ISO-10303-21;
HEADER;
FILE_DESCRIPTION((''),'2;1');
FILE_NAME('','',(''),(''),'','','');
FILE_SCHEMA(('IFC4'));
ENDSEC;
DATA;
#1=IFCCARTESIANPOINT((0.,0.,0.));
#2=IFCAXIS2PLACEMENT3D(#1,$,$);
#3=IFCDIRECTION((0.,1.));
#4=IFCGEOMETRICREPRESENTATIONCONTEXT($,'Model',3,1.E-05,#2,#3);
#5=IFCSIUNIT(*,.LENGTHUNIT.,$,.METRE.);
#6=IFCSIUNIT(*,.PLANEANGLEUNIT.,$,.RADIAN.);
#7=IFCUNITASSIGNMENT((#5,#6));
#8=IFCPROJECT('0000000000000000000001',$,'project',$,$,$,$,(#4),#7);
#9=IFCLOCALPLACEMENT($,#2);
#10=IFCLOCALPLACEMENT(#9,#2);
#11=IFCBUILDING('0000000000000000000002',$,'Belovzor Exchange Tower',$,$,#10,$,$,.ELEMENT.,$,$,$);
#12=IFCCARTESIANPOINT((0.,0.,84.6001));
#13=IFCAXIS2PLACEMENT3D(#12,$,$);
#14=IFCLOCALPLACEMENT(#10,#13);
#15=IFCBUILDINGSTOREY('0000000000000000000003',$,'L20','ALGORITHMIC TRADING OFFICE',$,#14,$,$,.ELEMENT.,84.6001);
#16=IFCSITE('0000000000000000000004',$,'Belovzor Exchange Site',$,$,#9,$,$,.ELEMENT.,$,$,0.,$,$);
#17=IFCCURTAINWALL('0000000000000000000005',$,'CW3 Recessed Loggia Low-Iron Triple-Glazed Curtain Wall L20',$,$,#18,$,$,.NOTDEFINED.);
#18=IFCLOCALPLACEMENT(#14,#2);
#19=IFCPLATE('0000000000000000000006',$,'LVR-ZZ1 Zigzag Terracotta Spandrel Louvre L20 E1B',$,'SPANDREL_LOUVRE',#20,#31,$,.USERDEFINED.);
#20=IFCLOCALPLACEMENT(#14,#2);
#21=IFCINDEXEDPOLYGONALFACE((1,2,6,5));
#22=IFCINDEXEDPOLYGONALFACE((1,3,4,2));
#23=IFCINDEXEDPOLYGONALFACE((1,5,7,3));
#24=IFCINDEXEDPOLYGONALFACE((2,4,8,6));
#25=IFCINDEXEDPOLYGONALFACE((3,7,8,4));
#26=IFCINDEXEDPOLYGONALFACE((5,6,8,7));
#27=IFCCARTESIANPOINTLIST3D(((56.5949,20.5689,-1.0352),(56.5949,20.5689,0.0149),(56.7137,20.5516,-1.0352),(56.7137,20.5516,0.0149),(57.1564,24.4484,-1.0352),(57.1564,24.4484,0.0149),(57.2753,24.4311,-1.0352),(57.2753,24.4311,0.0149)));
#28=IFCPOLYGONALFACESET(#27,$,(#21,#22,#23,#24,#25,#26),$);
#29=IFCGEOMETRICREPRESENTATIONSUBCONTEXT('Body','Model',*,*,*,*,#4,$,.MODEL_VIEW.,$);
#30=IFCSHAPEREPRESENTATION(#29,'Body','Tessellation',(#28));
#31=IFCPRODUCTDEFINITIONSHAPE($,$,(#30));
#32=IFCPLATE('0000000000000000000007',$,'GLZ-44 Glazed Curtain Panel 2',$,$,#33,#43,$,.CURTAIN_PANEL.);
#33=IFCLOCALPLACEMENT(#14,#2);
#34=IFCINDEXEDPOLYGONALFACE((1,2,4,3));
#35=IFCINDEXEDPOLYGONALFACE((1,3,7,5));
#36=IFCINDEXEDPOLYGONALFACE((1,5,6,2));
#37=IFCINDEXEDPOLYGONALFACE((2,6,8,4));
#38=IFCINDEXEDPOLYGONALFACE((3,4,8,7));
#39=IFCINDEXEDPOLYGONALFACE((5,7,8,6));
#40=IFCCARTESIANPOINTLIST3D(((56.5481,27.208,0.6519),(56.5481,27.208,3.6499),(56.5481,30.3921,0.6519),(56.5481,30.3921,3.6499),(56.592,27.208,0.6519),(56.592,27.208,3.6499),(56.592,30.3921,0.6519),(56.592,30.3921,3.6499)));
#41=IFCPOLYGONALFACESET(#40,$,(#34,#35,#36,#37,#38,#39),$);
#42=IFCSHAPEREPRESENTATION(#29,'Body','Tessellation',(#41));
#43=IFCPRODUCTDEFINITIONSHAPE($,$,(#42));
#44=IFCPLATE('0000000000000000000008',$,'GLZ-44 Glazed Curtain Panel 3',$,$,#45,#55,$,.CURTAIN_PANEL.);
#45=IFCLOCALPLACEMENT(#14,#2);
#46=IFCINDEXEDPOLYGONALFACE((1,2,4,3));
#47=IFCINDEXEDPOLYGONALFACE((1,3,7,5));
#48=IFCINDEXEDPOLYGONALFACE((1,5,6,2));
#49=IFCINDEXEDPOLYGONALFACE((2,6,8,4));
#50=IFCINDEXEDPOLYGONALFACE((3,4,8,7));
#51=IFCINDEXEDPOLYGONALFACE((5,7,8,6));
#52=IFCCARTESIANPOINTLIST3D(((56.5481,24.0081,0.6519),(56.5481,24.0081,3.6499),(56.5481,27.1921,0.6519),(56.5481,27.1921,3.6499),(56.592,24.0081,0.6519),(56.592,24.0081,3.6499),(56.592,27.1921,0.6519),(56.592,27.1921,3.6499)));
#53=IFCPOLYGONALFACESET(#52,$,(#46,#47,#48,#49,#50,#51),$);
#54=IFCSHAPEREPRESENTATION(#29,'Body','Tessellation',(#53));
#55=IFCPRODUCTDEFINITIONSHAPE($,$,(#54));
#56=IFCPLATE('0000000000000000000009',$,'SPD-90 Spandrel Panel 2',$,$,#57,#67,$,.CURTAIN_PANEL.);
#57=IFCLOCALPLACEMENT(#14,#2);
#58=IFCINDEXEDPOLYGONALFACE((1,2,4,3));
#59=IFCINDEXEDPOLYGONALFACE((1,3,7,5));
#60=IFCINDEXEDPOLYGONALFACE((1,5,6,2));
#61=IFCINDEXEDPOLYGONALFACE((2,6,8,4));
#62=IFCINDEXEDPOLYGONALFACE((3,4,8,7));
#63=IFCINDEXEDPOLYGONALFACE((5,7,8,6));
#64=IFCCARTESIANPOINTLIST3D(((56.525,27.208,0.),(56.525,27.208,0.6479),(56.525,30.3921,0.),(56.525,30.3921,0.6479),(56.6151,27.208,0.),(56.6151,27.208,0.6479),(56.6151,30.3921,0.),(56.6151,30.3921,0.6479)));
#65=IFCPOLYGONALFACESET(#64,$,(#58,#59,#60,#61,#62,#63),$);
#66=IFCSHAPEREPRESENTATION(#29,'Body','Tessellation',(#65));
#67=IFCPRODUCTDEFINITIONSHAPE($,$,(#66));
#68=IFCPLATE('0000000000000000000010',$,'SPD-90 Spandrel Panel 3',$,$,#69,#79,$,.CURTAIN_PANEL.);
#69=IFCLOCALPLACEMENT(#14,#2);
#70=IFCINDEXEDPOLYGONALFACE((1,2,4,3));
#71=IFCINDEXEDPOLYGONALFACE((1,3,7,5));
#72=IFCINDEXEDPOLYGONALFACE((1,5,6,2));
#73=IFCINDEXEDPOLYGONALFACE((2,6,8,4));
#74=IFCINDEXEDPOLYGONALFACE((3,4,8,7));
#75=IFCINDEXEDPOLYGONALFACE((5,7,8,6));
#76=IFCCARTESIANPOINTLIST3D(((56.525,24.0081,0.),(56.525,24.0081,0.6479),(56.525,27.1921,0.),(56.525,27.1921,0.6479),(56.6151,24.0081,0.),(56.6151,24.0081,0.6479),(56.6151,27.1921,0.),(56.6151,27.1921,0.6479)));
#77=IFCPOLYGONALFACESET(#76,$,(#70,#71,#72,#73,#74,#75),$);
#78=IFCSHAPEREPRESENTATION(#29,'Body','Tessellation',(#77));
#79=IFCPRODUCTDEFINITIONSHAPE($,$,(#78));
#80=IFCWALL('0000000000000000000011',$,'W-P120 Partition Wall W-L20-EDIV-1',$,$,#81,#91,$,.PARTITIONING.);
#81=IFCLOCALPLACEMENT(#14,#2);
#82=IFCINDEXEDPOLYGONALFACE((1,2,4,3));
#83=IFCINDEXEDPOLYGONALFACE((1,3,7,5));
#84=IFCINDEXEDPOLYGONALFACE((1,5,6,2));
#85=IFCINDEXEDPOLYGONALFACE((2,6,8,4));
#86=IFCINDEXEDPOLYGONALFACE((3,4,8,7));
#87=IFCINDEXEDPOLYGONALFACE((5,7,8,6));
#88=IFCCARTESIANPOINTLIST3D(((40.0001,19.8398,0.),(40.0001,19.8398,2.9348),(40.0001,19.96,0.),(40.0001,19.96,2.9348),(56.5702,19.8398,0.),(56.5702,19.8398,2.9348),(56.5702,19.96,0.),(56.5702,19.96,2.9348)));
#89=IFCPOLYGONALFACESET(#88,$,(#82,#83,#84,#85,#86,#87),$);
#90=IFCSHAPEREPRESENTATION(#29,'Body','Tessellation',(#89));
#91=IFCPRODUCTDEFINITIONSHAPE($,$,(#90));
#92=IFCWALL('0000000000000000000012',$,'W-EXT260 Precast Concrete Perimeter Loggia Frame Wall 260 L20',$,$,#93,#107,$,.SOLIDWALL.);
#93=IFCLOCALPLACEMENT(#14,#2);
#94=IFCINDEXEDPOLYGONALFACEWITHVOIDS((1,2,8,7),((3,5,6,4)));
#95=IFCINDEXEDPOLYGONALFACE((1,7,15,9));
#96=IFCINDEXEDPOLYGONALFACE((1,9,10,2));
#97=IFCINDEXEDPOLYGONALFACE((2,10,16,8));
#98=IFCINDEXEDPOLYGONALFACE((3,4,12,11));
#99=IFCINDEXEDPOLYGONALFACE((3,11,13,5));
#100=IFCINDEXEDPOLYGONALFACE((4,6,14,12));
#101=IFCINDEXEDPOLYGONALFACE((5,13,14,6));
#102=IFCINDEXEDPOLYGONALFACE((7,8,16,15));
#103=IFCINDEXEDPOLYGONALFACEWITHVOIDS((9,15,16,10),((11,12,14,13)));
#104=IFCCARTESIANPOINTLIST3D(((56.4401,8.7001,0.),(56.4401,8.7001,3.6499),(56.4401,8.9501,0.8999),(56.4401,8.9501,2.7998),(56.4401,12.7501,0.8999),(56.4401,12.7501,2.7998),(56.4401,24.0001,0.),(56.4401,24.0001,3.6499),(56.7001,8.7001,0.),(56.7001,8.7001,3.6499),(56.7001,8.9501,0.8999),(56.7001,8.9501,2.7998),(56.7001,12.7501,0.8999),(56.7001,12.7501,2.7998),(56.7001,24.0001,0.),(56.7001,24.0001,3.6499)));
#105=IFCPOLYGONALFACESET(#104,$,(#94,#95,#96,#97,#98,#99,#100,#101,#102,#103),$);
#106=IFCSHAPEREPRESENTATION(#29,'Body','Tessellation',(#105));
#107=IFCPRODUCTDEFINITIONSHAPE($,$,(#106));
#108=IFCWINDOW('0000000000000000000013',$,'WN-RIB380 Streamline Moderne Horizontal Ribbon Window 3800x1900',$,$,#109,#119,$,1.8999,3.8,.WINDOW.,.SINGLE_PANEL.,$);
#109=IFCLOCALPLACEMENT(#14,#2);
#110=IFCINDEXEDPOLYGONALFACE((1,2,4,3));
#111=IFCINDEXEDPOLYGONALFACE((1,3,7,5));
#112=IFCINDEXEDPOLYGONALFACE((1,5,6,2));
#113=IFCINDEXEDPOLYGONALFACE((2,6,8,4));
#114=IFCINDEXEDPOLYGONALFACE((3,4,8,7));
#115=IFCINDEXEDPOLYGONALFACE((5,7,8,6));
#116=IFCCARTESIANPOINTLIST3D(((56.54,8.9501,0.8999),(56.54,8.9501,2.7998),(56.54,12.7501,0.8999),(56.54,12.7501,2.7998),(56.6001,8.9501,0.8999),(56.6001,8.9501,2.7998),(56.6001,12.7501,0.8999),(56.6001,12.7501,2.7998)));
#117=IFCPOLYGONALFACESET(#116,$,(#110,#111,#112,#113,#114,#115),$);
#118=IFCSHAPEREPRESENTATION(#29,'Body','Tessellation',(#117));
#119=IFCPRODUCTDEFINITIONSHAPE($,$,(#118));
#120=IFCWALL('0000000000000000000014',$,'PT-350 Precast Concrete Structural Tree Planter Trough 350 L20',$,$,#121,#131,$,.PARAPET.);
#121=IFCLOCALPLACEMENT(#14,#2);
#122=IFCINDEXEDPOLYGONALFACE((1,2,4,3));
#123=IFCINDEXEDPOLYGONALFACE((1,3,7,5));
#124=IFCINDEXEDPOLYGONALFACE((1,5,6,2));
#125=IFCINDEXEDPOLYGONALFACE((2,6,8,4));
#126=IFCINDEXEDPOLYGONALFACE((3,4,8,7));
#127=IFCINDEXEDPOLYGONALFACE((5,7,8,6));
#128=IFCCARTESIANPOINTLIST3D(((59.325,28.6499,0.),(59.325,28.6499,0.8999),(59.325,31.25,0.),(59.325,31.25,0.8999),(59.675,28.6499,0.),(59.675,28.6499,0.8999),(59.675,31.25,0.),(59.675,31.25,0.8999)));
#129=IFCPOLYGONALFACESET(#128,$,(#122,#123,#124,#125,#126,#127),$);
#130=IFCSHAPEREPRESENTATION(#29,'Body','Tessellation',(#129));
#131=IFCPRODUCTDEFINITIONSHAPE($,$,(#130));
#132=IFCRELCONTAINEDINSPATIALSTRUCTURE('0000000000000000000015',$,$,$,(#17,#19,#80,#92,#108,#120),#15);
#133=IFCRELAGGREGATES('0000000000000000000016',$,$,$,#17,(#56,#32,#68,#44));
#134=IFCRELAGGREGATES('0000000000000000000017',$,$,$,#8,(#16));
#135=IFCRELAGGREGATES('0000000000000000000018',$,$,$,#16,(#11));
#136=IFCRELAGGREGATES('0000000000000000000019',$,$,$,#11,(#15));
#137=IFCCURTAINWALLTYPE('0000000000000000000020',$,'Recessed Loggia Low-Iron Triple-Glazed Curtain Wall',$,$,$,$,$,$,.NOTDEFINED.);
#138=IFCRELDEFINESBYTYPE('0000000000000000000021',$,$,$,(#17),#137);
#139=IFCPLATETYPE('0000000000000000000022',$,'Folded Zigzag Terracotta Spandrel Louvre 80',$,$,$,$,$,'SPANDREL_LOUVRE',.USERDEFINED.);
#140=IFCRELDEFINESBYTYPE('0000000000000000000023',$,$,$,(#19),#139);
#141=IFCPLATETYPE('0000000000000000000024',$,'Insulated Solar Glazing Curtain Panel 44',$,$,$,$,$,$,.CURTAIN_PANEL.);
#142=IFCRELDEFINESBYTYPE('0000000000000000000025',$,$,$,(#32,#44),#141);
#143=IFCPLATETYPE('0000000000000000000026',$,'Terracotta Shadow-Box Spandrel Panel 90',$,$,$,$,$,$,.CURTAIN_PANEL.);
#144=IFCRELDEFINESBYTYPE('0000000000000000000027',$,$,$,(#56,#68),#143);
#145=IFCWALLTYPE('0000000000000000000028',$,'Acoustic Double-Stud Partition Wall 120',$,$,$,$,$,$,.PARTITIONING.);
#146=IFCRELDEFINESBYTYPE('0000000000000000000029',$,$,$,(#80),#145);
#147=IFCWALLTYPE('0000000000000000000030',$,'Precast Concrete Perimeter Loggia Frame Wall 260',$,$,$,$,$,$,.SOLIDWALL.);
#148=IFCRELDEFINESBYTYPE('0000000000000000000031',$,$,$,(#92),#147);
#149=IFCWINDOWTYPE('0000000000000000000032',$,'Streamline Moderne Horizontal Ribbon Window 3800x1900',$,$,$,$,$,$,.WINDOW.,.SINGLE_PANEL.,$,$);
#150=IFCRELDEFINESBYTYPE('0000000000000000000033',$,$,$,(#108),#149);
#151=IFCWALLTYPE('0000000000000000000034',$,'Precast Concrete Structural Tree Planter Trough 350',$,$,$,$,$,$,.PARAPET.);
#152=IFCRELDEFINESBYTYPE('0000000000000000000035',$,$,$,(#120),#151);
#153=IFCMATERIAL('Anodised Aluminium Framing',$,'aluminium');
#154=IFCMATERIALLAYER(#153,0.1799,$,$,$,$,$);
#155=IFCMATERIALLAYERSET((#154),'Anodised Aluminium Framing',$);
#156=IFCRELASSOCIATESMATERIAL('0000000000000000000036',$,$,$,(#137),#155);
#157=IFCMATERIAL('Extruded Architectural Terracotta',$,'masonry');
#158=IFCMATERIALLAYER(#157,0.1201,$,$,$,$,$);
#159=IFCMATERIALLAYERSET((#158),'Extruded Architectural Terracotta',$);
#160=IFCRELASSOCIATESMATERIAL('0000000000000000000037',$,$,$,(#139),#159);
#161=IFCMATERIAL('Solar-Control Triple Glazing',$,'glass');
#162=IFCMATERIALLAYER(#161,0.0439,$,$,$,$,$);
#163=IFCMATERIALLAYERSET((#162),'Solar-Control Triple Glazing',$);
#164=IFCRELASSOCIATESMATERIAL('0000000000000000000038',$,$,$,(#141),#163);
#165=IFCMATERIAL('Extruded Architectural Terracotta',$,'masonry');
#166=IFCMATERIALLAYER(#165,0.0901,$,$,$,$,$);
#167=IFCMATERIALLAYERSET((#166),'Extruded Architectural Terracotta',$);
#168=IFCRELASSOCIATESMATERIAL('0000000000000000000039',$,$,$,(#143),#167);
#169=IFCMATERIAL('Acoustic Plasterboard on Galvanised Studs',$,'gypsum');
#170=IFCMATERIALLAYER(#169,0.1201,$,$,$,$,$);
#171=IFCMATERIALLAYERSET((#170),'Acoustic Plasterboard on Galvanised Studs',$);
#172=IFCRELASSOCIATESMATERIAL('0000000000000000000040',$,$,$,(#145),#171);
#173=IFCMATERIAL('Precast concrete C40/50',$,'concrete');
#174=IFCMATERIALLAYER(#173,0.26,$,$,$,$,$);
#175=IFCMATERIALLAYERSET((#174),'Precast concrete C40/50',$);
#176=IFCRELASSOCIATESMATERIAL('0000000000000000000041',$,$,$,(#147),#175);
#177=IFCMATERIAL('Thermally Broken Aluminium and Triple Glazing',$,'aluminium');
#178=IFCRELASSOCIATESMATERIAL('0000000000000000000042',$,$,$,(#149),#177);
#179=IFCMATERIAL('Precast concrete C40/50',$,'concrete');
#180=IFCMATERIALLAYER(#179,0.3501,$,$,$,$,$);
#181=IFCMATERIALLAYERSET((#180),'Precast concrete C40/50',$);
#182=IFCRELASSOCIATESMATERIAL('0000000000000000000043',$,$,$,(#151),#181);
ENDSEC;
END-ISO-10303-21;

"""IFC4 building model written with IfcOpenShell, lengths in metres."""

from ifc_helpers import new_model, si_unit, direction, frame, frame_2d, origin, origin_2d, place, context, subcontext, project, spatial, rectangle, extrude, material, layer, layer_set, type_object, element, fill, aggregate, save


model = new_model("IFC4")

# Units and contexts
model_context = context("Model", 3, precision=1e-05, world=origin(), true_north=direction((0.0, 1.0)))
body_context = subcontext(model_context, "Body", "Model", "MODEL_VIEW")
ifc_project = project(units=[si_unit("LENGTHUNIT", "METRE"), si_unit("PLANEANGLEUNIT", "RADIAN")], contexts=[model_context])

# Site, building, storey
site_placement = place(None, origin())
site = spatial("IfcSite", under=ifc_project, at=site_placement, Name="Belovzor Exchange Site", CompositionType="ELEMENT", RefElevation=0.0)
building_placement = place(site_placement, origin())
building = spatial("IfcBuilding", under=site, at=building_placement, Name="Belovzor Exchange Tower", CompositionType="ELEMENT")
storey_placement = place(building_placement, frame((0.0, 0.0, 84.6001)))
storey = spatial("IfcBuildingStorey", under=building, at=storey_placement, Name="L20", Description="ALGORITHMIC TRADING OFFICE", CompositionType="ELEMENT", Elevation=84.6001)

# Curtain wall
ifc_material_1 = material(Name="Anodised Aluminium Framing", Category="aluminium")
ifc_layer_1 = layer(ifc_material_1, 0.1799)
ifc_layer_set_1 = layer_set([ifc_layer_1], Name="Anodised Aluminium Framing")
curtain_wall_type = type_object("IfcCurtainWallType", Name="Recessed Loggia Low-Iron Triple-Glazed Curtain Wall", PredefinedType="NOTDEFINED", material=ifc_layer_set_1)
curtain_wall_placement = place(storey_placement, origin())
curtain_wall = element("IfcCurtainWall", 1, at=curtain_wall_placement, inside=storey, type_object=curtain_wall_type, Name="CW3 Recessed Loggia Low-Iron Triple-Glazed Curtain Wall L20", PredefinedType="NOTDEFINED")

# Plates
ifc_material_2 = material(Name="Extruded Architectural Terracotta", Category="masonry")
ifc_layer_2 = layer(ifc_material_2, 0.1201)
ifc_layer_set_2 = layer_set([ifc_layer_2], Name="Extruded Architectural Terracotta")
plate_type_1 = type_object("IfcPlateType", Name="Folded Zigzag Terracotta Spandrel Louvre 80", ElementType="SPANDREL_LOUVRE", PredefinedType="USERDEFINED", material=ifc_layer_set_2)
plate_1_placement = place(storey_placement, frame((56.9351, 22.5, -1.0352), z_axis=(0.0, 0.0, 1.0), x_axis=(0.143251, 0.989686, 0.0)))
element("IfcPlate", 2, at=plate_1_placement, inside=storey, type_object=plate_type_1, Name="LVR-ZZ1 Zigzag Terracotta Spandrel Louvre L20 E1B", ObjectType="SPANDREL_LOUVRE", PredefinedType="USERDEFINED", context=body_context, shape_type="SweptSolid", body=[
    extrude(rectangle(XDim=3.9199, YDim=0.1201, at=origin_2d()), origin(), (0.0, 0.0, 1.0), 1.05),
])
ifc_material_3 = material(Name="Solar-Control Triple Glazing", Category="glass")
ifc_layer_3 = layer(ifc_material_3, 0.0439)
ifc_layer_set_3 = layer_set([ifc_layer_3], Name="Solar-Control Triple Glazing")
plate_type_2 = type_object("IfcPlateType", Name="Insulated Solar Glazing Curtain Panel 44", PredefinedType="CURTAIN_PANEL", material=ifc_layer_set_3)
plate_2_placement = place(storey_placement, frame((56.5701, 28.8, 0.6519), z_axis=(0.0, 0.0, 1.0), x_axis=(0.0, -1.0, 0.0)))
plate_2 = element("IfcPlate", 3, at=plate_2_placement, type_object=plate_type_2, Name="GLZ-44 Glazed Curtain Panel 2", PredefinedType="CURTAIN_PANEL", context=body_context, shape_type="SweptSolid", body=[
    extrude(rectangle(XDim=3.1841, YDim=0.0439, at=origin_2d()), origin(), (0.0, 0.0, 1.0), 2.998),
])
plate_3_placement = place(storey_placement, frame((56.5701, 25.6001, 0.6519), z_axis=(0.0, 0.0, 1.0), x_axis=(0.0, -1.0, 0.0)))
plate_3 = element("IfcPlate", 4, at=plate_3_placement, type_object=plate_type_2, Name="GLZ-44 Glazed Curtain Panel 3", PredefinedType="CURTAIN_PANEL", context=body_context, shape_type="SweptSolid", body=[
    extrude(rectangle(XDim=3.1841, YDim=0.0439, at=origin_2d()), origin(), (0.0, 0.0, 1.0), 2.998),
])
ifc_material_4 = material(Name="Extruded Architectural Terracotta", Category="masonry")
ifc_layer_4 = layer(ifc_material_4, 0.0901)
ifc_layer_set_4 = layer_set([ifc_layer_4], Name="Extruded Architectural Terracotta")
plate_type_3 = type_object("IfcPlateType", Name="Terracotta Shadow-Box Spandrel Panel 90", PredefinedType="CURTAIN_PANEL", material=ifc_layer_set_4)
plate_4_placement = place(storey_placement, frame((56.5701, 28.8, 0.0), z_axis=(0.0, 0.0, 1.0), x_axis=(0.0, -1.0, 0.0)))
plate_4 = element("IfcPlate", 5, at=plate_4_placement, type_object=plate_type_3, Name="SPD-90 Spandrel Panel 2", PredefinedType="CURTAIN_PANEL", context=body_context, shape_type="SweptSolid", body=[
    extrude(rectangle(XDim=3.1841, YDim=0.0901, at=origin_2d()), origin(), (0.0, 0.0, 1.0), 0.6479),
])
plate_5_placement = place(storey_placement, frame((56.5701, 25.6001, 0.0), z_axis=(0.0, 0.0, 1.0), x_axis=(0.0, -1.0, 0.0)))
plate_5 = element("IfcPlate", 6, at=plate_5_placement, type_object=plate_type_3, Name="SPD-90 Spandrel Panel 3", PredefinedType="CURTAIN_PANEL", context=body_context, shape_type="SweptSolid", body=[
    extrude(rectangle(XDim=3.1841, YDim=0.0901, at=origin_2d()), origin(), (0.0, 0.0, 1.0), 0.6479),
])
aggregate(curtain_wall, [plate_4, plate_2, plate_5, plate_3])

# Wall
ifc_material_5 = material(Name="Acoustic Plasterboard on Galvanised Studs", Category="gypsum")
ifc_layer_5 = layer(ifc_material_5, 0.1201)
ifc_layer_set_5 = layer_set([ifc_layer_5], Name="Acoustic Plasterboard on Galvanised Studs")
wall_type_1 = type_object("IfcWallType", Name="Acoustic Double-Stud Partition Wall 120", PredefinedType="PARTITIONING", material=ifc_layer_set_5)
wall_1_placement = place(storey_placement, frame((40.0, 19.8999, 0.0), z_axis=(0.0, 0.0, 1.0), x_axis=(1.0, 0.0, 0.0)))
element("IfcWall", 7, at=wall_1_placement, inside=storey, type_object=wall_type_1, Name="W-P120 Partition Wall W-L20-EDIV-1", PredefinedType="PARTITIONING", context=body_context, shape_type="SweptSolid", body=[
    extrude(rectangle(XDim=16.5701, YDim=0.1201, at=frame_2d((8.2852, 0.0))), origin(), (0.0, 0.0, 1.0), 2.9348),
])

# Wall, opening, window
ifc_material_6 = material(Name="Precast concrete C40/50", Category="concrete")
ifc_layer_6 = layer(ifc_material_6, 0.26)
ifc_layer_set_6 = layer_set([ifc_layer_6], Name="Precast concrete C40/50")
wall_type_2 = type_object("IfcWallType", Name="Precast Concrete Perimeter Loggia Frame Wall 260", PredefinedType="SOLIDWALL", material=ifc_layer_set_6)
wall_2_placement = place(storey_placement, frame((56.5701, 24.0, 0.0), z_axis=(0.0, 0.0, 1.0), x_axis=(0.0, -1.0, 0.0)))
wall_2 = element("IfcWall", 8, at=wall_2_placement, inside=storey, type_object=wall_type_2, Name="W-EXT260 Precast Concrete Perimeter Loggia Frame Wall 260 L20", PredefinedType="SOLIDWALL", context=body_context, shape_type="SweptSolid", body=[
    extrude(rectangle(XDim=15.3, YDim=0.26, at=frame_2d((7.6499, 0.0))), origin(), (0.0, 0.0, 1.0), 3.6499),
])
opening_placement = place(wall_2_placement, frame((11.25, 0.0, 0.8999)))
opening = element("IfcOpeningElement", 9, at=opening_placement, cuts=wall_2, PredefinedType="OPENING", context=body_context, shape_type="SweptSolid", body=[
    extrude(rectangle(XDim=3.8, YDim=1.8999, at=frame_2d((1.8999, 0.95))), frame((0.0, 0.1399, 0.0), z_axis=(0.0, -1.0, 0.0), x_axis=(1.0, 0.0, 0.0)), (0.0, 0.0, 1.0), 0.28),
])
ifc_material_7 = material(Name="Thermally Broken Aluminium and Triple Glazing", Category="aluminium")
window_type = type_object("IfcWindowType", Name="Streamline Moderne Horizontal Ribbon Window 3800x1900", PartitioningType="SINGLE_PANEL", PredefinedType="WINDOW", material=ifc_material_7)
window_placement = place(opening_placement, origin())
window = element("IfcWindow", 10, at=window_placement, inside=storey, type_object=window_type, Name="WN-RIB380 Streamline Moderne Horizontal Ribbon Window 3800x1900", OverallHeight=1.8999, OverallWidth=3.8, PartitioningType="SINGLE_PANEL", PredefinedType="WINDOW", context=body_context, shape_type="SweptSolid", body=[
    extrude(rectangle(XDim=3.8, YDim=1.8999, at=frame_2d((1.8999, 0.95))), frame((0.0, 0.03, 0.0), z_axis=(0.0, -1.0, 0.0), x_axis=(1.0, 0.0, 0.0)), (0.0, 0.0, 1.0), 0.0601),
])
fill(opening, window)

# Wall
ifc_material_8 = material(Name="Precast concrete C40/50", Category="concrete")
ifc_layer_7 = layer(ifc_material_8, 0.3501)
ifc_layer_set_7 = layer_set([ifc_layer_7], Name="Precast concrete C40/50")
wall_type_3 = type_object("IfcWallType", Name="Precast Concrete Structural Tree Planter Trough 350", PredefinedType="PARAPET", material=ifc_layer_set_7)
wall_3_placement = place(storey_placement, frame((59.5, 28.6499, 0.0), z_axis=(0.0, 0.0, 1.0), x_axis=(0.0, 1.0, 0.0)))
element("IfcWall", 11, at=wall_3_placement, inside=storey, type_object=wall_type_3, Name="PT-350 Precast Concrete Structural Tree Planter Trough 350 L20", PredefinedType="PARAPET", context=body_context, shape_type="SweptSolid", body=[
    extrude(rectangle(XDim=2.6001, YDim=0.3501, at=frame_2d((1.3, 0.0))), origin(), (0.0, 0.0, 1.0), 0.8999),
])

save(model, "model.ifc")
